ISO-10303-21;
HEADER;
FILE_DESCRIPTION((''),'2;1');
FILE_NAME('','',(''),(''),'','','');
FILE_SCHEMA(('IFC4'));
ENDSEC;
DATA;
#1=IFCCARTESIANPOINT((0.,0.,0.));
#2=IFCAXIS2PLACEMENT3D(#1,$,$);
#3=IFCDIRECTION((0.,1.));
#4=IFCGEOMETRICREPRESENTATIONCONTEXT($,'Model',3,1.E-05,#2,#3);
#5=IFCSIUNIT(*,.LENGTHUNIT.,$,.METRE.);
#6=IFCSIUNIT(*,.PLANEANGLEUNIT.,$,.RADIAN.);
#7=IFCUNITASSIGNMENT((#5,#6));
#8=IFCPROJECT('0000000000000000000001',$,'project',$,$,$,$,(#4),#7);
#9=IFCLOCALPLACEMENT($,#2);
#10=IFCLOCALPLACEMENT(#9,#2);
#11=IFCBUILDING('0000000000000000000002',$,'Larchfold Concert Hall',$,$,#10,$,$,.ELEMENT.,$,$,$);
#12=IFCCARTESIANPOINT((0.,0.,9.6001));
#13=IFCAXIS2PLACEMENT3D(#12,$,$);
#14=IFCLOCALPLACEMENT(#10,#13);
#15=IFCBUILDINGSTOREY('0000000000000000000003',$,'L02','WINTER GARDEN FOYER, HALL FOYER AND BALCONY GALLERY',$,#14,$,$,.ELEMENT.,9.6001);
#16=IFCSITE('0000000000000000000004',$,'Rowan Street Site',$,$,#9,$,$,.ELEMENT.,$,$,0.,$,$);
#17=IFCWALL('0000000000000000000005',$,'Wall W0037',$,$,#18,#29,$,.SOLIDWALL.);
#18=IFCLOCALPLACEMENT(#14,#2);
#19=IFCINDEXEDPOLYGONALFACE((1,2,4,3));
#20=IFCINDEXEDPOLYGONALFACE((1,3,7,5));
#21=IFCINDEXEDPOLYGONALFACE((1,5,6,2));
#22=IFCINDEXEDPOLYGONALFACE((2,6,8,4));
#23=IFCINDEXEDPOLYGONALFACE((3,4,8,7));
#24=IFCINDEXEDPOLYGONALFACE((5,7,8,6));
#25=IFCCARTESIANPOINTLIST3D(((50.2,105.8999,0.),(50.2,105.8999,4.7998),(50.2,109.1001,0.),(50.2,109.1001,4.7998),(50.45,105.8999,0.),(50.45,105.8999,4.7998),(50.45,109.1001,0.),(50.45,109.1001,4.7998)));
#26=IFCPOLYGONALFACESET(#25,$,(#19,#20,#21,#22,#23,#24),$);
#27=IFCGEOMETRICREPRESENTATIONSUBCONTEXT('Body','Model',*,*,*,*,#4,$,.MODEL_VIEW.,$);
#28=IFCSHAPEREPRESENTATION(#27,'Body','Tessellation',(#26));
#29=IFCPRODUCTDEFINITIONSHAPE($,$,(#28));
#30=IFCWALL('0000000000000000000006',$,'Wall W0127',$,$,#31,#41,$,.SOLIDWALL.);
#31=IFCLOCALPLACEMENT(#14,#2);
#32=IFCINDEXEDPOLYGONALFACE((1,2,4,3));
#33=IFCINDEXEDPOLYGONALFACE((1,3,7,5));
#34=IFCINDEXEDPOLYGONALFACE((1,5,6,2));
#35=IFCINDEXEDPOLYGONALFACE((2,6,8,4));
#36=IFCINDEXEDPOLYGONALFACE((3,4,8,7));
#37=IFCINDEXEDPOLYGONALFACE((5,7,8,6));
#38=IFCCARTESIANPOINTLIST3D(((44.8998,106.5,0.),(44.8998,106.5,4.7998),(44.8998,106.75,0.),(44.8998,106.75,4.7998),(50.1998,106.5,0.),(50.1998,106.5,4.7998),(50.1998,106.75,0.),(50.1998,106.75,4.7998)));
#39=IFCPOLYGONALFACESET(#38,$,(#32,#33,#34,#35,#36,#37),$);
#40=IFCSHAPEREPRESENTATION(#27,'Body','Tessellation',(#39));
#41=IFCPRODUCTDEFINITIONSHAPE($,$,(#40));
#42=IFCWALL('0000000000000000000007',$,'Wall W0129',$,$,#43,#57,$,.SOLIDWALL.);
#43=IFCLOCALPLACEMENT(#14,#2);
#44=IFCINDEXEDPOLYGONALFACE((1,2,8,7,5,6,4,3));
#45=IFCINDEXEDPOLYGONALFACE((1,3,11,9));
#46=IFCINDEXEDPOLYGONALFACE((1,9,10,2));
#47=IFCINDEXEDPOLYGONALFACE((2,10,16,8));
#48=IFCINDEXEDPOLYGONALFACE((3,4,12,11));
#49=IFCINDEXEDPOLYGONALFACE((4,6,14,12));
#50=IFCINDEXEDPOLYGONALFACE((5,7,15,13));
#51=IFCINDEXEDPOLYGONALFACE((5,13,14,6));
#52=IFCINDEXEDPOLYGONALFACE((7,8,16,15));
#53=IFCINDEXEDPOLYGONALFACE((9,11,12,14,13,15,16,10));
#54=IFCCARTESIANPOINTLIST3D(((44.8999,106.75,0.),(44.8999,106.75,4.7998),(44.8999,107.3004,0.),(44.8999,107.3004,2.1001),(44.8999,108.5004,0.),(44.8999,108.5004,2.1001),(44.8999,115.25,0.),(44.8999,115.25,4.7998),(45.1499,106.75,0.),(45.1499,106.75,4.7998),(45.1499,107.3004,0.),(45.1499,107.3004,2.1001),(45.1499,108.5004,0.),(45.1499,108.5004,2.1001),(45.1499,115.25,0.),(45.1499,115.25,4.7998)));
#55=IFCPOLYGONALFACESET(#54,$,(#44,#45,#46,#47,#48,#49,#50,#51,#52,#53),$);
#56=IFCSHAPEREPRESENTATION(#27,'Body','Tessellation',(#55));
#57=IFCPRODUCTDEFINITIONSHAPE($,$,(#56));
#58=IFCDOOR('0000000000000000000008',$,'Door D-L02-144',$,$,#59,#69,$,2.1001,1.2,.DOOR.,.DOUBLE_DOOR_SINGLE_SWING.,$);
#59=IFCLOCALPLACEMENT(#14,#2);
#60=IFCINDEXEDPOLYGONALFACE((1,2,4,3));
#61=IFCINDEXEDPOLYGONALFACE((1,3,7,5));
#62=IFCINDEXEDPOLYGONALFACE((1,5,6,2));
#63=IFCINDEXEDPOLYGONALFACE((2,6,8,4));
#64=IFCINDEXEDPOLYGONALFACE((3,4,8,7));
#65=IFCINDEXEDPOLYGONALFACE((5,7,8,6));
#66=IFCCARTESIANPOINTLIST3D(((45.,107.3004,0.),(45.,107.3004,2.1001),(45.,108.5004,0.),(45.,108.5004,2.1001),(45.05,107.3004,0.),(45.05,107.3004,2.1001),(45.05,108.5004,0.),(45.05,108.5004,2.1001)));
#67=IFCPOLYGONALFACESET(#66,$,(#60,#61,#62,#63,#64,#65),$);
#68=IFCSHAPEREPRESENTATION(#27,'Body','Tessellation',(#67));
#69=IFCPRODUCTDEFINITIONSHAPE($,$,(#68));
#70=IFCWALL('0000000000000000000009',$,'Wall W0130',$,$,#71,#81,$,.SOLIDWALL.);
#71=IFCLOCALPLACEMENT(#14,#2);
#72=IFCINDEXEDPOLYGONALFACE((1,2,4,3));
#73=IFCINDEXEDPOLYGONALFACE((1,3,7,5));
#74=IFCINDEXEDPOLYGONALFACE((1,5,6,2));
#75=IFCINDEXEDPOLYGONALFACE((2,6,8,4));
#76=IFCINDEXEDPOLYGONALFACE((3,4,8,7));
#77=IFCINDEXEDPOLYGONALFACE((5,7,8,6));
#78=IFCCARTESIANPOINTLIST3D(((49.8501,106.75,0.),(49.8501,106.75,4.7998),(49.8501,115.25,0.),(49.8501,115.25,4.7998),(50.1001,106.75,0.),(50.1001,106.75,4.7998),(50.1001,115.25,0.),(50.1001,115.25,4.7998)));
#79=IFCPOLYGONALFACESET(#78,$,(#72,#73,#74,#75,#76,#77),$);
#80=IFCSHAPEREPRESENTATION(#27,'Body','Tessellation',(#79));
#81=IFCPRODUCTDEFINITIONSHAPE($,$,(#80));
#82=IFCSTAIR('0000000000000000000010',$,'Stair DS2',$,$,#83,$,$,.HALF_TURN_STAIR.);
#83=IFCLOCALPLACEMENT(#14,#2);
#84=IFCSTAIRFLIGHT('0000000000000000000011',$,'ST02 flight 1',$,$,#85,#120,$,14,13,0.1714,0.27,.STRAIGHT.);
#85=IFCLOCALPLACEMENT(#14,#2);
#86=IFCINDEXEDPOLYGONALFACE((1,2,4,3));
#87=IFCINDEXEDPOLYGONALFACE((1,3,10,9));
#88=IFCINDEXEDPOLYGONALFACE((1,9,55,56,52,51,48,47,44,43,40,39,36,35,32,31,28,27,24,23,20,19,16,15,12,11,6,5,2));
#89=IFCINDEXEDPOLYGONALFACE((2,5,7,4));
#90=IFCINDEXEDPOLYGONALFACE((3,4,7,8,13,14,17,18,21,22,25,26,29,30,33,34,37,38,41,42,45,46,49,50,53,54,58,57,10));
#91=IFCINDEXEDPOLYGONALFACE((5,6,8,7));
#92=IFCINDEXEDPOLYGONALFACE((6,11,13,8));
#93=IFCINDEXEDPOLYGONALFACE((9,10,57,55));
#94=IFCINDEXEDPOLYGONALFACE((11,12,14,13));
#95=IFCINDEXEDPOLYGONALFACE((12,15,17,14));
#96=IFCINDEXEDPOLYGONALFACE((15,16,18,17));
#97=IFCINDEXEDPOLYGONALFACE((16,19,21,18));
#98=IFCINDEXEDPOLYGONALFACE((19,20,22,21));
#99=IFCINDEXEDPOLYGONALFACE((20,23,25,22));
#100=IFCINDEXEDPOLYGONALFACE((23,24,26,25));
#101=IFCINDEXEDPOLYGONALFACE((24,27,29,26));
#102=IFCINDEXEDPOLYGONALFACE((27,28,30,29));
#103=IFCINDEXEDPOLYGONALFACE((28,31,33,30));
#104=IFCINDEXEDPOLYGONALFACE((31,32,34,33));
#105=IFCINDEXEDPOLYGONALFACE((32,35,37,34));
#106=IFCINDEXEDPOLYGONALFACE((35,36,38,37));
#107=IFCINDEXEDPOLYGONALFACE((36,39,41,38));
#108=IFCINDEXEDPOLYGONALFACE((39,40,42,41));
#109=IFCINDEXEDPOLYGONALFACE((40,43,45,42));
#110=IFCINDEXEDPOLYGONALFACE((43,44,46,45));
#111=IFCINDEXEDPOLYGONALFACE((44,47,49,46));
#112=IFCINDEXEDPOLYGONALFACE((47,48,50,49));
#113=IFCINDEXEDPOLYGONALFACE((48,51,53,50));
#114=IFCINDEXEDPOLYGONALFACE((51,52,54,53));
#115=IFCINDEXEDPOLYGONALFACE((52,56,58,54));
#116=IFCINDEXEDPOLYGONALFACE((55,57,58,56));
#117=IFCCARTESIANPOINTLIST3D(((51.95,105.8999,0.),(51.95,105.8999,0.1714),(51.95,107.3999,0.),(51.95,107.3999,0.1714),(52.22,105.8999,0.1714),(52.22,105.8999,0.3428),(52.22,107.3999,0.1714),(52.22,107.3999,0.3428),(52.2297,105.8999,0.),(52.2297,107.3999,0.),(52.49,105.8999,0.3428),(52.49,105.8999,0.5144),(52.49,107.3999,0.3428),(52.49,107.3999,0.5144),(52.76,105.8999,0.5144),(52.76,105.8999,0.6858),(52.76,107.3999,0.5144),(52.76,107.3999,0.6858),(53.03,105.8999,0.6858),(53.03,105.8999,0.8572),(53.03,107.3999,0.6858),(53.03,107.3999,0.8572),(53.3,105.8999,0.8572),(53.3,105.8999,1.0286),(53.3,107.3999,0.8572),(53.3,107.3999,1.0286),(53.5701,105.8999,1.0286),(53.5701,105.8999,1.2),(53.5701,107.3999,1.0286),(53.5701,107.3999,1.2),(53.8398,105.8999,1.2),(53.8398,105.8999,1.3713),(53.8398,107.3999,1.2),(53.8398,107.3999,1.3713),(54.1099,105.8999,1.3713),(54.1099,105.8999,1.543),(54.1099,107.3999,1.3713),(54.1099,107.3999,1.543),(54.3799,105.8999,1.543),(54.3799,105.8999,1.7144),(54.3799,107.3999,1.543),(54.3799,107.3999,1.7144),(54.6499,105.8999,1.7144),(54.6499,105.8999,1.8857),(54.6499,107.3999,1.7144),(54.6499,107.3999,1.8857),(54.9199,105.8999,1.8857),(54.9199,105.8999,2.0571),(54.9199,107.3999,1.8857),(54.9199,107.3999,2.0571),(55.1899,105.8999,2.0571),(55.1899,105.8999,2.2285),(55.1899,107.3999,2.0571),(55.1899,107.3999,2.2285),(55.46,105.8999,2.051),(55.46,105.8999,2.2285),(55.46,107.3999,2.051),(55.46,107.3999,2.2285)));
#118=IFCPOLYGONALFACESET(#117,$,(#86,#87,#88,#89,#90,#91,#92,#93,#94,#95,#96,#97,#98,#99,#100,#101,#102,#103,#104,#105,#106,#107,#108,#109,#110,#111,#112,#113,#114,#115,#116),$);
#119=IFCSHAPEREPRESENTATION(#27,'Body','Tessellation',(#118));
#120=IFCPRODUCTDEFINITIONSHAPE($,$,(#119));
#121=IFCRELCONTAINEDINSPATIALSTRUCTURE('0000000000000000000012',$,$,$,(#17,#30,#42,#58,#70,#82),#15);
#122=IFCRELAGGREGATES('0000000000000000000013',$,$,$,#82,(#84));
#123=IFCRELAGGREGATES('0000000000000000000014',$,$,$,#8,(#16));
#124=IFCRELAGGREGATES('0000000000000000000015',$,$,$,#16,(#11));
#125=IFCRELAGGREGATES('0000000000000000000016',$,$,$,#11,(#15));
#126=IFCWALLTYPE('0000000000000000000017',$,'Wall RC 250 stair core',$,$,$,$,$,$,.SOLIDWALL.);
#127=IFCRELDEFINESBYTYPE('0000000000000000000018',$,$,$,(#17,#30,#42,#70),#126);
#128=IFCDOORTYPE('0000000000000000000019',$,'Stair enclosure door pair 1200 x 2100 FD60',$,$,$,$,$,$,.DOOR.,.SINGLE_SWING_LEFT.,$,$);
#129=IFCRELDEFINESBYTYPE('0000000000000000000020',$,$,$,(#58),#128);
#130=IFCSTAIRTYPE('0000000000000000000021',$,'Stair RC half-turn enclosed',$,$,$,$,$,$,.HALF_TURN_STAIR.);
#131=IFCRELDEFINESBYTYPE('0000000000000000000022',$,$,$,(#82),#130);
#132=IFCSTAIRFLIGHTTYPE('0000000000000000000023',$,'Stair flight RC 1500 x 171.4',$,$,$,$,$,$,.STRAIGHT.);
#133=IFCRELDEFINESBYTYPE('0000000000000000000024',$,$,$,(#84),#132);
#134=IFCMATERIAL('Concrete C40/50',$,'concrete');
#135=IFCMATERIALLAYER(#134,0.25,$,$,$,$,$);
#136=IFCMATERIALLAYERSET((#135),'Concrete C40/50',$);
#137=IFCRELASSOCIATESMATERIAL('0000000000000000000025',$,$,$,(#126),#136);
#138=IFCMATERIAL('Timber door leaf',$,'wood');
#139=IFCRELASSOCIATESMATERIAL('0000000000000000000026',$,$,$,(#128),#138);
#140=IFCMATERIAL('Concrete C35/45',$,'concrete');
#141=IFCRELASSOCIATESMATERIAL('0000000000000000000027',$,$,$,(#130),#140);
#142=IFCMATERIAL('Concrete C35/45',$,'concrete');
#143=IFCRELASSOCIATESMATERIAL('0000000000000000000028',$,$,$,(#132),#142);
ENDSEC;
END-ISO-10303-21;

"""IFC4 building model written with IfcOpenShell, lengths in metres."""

from ifc_helpers import new_model, si_unit, direction, frame, frame_2d, origin, place, context, subcontext, project, spatial, polyline, rectangle, outline, extrude, material, layer, layer_set, type_object, element, fill, aggregate, save


model = new_model("IFC4")

# Units and contexts
model_context = context("Model", 3, precision=1e-05, world=origin(), true_north=direction((0.0, 1.0)))
body_context = subcontext(model_context, "Body", "Model", "MODEL_VIEW")
ifc_project = project(units=[si_unit("LENGTHUNIT", "METRE"), si_unit("PLANEANGLEUNIT", "RADIAN")], contexts=[model_context])

# Site, building, storey
site_placement = place(None, origin())
site = spatial("IfcSite", under=ifc_project, at=site_placement, Name="Rowan Street Site", CompositionType="ELEMENT", RefElevation=0.0)
building_placement = place(site_placement, origin())
building = spatial("IfcBuilding", under=site, at=building_placement, Name="Larchfold Concert Hall", CompositionType="ELEMENT")
storey_placement = place(building_placement, frame((0.0, 0.0, 9.6001)))
storey = spatial("IfcBuildingStorey", under=building, at=storey_placement, Name="L02", Description="WINTER GARDEN FOYER, HALL FOYER AND BALCONY GALLERY", CompositionType="ELEMENT", Elevation=9.6001)

# Walls
ifc_material_1 = material(Name="Concrete C40/50", Category="concrete")
ifc_layer_1 = layer(ifc_material_1, 0.25)
ifc_layer_set_1 = layer_set([ifc_layer_1], Name="Concrete C40/50")
wall_type_1 = type_object("IfcWallType", Name="Wall RC 250 stair core", PredefinedType="SOLIDWALL", material=ifc_layer_set_1)
wall_1_placement = place(storey_placement, frame((50.325, 105.8999, 0.0), z_axis=(0.0, 0.0, 1.0), x_axis=(0.0, 1.0, 0.0)))
element("IfcWall", 1, at=wall_1_placement, inside=storey, type_object=wall_type_1, Name="Wall W0037", PredefinedType="SOLIDWALL", context=body_context, shape_type="SweptSolid", body=[
    extrude(rectangle(XDim=3.2002, YDim=0.25, at=frame_2d((1.6001, 0.0))), origin(), (0.0, 0.0, 1.0), 4.7998),
])
wall_2_placement = place(storey_placement, frame((44.8999, 106.625, 0.0), z_axis=(0.0, 0.0, 1.0), x_axis=(1.0, 0.0, 0.0)))
element("IfcWall", 2, at=wall_2_placement, inside=storey, type_object=wall_type_1, Name="Wall W0127", PredefinedType="SOLIDWALL", context=body_context, shape_type="SweptSolid", body=[
    extrude(rectangle(XDim=5.3, YDim=0.25, at=frame_2d((2.6499, 0.0))), origin(), (0.0, 0.0, 1.0), 4.7998),
])

# Wall, opening, door
wall_3_placement = place(storey_placement, frame((45.0249, 106.75, 0.0), z_axis=(0.0, 0.0, 1.0), x_axis=(0.0, 1.0, 0.0)))
wall_3 = element("IfcWall", 3, at=wall_3_placement, inside=storey, type_object=wall_type_1, Name="Wall W0129", PredefinedType="SOLIDWALL", context=body_context, shape_type="SweptSolid", body=[
    extrude(rectangle(XDim=8.5, YDim=0.25, at=frame_2d((4.25, 0.0))), origin(), (0.0, 0.0, 1.0), 4.7998),
])
opening_1_placement = place(wall_3_placement, frame((0.5503, 0.0, 0.0)))
opening_1 = element("IfcOpeningElement", 4, at=opening_1_placement, cuts=wall_3, PredefinedType="OPENING", context=body_context, shape_type="SweptSolid", body=[
    extrude(rectangle(XDim=1.2, YDim=2.1001, at=frame_2d((0.6001, 1.05))), frame((0.0, 0.135, 0.0), z_axis=(0.0, -1.0, 0.0), x_axis=(1.0, 0.0, 0.0)), (0.0, 0.0, 1.0), 0.27),
])
ifc_material_2 = material(Name="Timber door leaf", Category="wood")
door_type_1 = type_object("IfcDoorType", Name="Stair enclosure door pair 1200 x 2100 FD60", OperationType="SINGLE_SWING_LEFT", PredefinedType="DOOR", material=ifc_material_2)
door_1_placement = place(opening_1_placement, origin())
door_1 = element("IfcDoor", 5, at=door_1_placement, inside=storey, type_object=door_type_1, Name="Door D-L02-144", OperationType="DOUBLE_DOOR_SINGLE_SWING", OverallHeight=2.1001, OverallWidth=1.2, PredefinedType="DOOR", context=body_context, shape_type="SweptSolid", body=[
    extrude(rectangle(XDim=1.2, YDim=2.1001, at=frame_2d((0.6001, 1.05))), frame((0.0, 0.0249, 0.0), z_axis=(0.0, -1.0, 0.0), x_axis=(1.0, 0.0, 0.0)), (0.0, 0.0, 1.0), 0.05),
])
fill(opening_1, door_1)

# Wall
wall_4_placement = place(storey_placement, frame((49.9751, 106.75, 0.0), z_axis=(0.0, 0.0, 1.0), x_axis=(0.0, 1.0, 0.0)))
element("IfcWall", 6, at=wall_4_placement, inside=storey, type_object=wall_type_1, Name="Wall W0130", PredefinedType="SOLIDWALL", context=body_context, shape_type="SweptSolid", body=[
    extrude(rectangle(XDim=8.5, YDim=0.25, at=frame_2d((4.25, 0.0))), origin(), (0.0, 0.0, 1.0), 4.7998),
])

# Stair, stair flight
ifc_material_3 = material(Name="Concrete C35/45", Category="concrete")
stair_type = type_object("IfcStairType", Name="Stair RC half-turn enclosed", PredefinedType="HALF_TURN_STAIR", material=ifc_material_3)
stair_placement = place(storey_placement, origin())
stair = element("IfcStair", 7, at=stair_placement, inside=storey, type_object=stair_type, Name="Stair DS2", PredefinedType="HALF_TURN_STAIR")
ifc_material_4 = material(Name="Concrete C35/45", Category="concrete")
stair_flight_type = type_object("IfcStairFlightType", Name="Stair flight RC 1500 x 171.4", PredefinedType="STRAIGHT", material=ifc_material_4)
stair_flight_placement = place(storey_placement, frame((51.95, 106.6499, 0.0), z_axis=(0.0, 0.0, 1.0), x_axis=(1.0, 0.0, 0.0)))
stair_flight = element("IfcStairFlight", 8, at=stair_flight_placement, type_object=stair_flight_type, Name="ST02 flight 1", NumberOfRisers=14, NumberOfTreads=13, PredefinedType="STRAIGHT", RiserHeight=0.1714, TreadLength=0.27, context=body_context, shape_type="SweptSolid", body=[
    extrude(outline(polyline([(0.0, 0.0), (0.0, 0.1714), (0.27, 0.1714), (0.27, 0.3428), (0.54, 0.3428), (0.54, 0.5144), (0.8101, 0.5144), (0.8101, 0.6858), (1.0801, 0.6858), (1.0801, 0.8572), (1.3501, 0.8572), (1.3501, 1.0286), (1.6201, 1.0286), (1.6201, 1.2), (1.8899, 1.2), (1.8899, 1.3713), (2.1599, 1.3713), (2.1599, 1.543), (2.4299, 1.543), (2.4299, 1.7144), (2.7, 1.7144), (2.7, 1.8857), (2.97, 1.8857), (2.97, 2.0571), (3.24, 2.0571), (3.24, 2.2285), (3.51, 2.2285), (3.51, 2.3999), (3.51, 2.051), (0.2798, 0.0), (0.0, 0.0)])), frame((0.0, 0.75, 0.0), z_axis=(0.0, -1.0, 0.0), x_axis=(1.0, 0.0, 0.0)), (0.0, 0.0, 1.0), 1.5),
])
aggregate(stair, [stair_flight])

save(model, "model.ifc")
